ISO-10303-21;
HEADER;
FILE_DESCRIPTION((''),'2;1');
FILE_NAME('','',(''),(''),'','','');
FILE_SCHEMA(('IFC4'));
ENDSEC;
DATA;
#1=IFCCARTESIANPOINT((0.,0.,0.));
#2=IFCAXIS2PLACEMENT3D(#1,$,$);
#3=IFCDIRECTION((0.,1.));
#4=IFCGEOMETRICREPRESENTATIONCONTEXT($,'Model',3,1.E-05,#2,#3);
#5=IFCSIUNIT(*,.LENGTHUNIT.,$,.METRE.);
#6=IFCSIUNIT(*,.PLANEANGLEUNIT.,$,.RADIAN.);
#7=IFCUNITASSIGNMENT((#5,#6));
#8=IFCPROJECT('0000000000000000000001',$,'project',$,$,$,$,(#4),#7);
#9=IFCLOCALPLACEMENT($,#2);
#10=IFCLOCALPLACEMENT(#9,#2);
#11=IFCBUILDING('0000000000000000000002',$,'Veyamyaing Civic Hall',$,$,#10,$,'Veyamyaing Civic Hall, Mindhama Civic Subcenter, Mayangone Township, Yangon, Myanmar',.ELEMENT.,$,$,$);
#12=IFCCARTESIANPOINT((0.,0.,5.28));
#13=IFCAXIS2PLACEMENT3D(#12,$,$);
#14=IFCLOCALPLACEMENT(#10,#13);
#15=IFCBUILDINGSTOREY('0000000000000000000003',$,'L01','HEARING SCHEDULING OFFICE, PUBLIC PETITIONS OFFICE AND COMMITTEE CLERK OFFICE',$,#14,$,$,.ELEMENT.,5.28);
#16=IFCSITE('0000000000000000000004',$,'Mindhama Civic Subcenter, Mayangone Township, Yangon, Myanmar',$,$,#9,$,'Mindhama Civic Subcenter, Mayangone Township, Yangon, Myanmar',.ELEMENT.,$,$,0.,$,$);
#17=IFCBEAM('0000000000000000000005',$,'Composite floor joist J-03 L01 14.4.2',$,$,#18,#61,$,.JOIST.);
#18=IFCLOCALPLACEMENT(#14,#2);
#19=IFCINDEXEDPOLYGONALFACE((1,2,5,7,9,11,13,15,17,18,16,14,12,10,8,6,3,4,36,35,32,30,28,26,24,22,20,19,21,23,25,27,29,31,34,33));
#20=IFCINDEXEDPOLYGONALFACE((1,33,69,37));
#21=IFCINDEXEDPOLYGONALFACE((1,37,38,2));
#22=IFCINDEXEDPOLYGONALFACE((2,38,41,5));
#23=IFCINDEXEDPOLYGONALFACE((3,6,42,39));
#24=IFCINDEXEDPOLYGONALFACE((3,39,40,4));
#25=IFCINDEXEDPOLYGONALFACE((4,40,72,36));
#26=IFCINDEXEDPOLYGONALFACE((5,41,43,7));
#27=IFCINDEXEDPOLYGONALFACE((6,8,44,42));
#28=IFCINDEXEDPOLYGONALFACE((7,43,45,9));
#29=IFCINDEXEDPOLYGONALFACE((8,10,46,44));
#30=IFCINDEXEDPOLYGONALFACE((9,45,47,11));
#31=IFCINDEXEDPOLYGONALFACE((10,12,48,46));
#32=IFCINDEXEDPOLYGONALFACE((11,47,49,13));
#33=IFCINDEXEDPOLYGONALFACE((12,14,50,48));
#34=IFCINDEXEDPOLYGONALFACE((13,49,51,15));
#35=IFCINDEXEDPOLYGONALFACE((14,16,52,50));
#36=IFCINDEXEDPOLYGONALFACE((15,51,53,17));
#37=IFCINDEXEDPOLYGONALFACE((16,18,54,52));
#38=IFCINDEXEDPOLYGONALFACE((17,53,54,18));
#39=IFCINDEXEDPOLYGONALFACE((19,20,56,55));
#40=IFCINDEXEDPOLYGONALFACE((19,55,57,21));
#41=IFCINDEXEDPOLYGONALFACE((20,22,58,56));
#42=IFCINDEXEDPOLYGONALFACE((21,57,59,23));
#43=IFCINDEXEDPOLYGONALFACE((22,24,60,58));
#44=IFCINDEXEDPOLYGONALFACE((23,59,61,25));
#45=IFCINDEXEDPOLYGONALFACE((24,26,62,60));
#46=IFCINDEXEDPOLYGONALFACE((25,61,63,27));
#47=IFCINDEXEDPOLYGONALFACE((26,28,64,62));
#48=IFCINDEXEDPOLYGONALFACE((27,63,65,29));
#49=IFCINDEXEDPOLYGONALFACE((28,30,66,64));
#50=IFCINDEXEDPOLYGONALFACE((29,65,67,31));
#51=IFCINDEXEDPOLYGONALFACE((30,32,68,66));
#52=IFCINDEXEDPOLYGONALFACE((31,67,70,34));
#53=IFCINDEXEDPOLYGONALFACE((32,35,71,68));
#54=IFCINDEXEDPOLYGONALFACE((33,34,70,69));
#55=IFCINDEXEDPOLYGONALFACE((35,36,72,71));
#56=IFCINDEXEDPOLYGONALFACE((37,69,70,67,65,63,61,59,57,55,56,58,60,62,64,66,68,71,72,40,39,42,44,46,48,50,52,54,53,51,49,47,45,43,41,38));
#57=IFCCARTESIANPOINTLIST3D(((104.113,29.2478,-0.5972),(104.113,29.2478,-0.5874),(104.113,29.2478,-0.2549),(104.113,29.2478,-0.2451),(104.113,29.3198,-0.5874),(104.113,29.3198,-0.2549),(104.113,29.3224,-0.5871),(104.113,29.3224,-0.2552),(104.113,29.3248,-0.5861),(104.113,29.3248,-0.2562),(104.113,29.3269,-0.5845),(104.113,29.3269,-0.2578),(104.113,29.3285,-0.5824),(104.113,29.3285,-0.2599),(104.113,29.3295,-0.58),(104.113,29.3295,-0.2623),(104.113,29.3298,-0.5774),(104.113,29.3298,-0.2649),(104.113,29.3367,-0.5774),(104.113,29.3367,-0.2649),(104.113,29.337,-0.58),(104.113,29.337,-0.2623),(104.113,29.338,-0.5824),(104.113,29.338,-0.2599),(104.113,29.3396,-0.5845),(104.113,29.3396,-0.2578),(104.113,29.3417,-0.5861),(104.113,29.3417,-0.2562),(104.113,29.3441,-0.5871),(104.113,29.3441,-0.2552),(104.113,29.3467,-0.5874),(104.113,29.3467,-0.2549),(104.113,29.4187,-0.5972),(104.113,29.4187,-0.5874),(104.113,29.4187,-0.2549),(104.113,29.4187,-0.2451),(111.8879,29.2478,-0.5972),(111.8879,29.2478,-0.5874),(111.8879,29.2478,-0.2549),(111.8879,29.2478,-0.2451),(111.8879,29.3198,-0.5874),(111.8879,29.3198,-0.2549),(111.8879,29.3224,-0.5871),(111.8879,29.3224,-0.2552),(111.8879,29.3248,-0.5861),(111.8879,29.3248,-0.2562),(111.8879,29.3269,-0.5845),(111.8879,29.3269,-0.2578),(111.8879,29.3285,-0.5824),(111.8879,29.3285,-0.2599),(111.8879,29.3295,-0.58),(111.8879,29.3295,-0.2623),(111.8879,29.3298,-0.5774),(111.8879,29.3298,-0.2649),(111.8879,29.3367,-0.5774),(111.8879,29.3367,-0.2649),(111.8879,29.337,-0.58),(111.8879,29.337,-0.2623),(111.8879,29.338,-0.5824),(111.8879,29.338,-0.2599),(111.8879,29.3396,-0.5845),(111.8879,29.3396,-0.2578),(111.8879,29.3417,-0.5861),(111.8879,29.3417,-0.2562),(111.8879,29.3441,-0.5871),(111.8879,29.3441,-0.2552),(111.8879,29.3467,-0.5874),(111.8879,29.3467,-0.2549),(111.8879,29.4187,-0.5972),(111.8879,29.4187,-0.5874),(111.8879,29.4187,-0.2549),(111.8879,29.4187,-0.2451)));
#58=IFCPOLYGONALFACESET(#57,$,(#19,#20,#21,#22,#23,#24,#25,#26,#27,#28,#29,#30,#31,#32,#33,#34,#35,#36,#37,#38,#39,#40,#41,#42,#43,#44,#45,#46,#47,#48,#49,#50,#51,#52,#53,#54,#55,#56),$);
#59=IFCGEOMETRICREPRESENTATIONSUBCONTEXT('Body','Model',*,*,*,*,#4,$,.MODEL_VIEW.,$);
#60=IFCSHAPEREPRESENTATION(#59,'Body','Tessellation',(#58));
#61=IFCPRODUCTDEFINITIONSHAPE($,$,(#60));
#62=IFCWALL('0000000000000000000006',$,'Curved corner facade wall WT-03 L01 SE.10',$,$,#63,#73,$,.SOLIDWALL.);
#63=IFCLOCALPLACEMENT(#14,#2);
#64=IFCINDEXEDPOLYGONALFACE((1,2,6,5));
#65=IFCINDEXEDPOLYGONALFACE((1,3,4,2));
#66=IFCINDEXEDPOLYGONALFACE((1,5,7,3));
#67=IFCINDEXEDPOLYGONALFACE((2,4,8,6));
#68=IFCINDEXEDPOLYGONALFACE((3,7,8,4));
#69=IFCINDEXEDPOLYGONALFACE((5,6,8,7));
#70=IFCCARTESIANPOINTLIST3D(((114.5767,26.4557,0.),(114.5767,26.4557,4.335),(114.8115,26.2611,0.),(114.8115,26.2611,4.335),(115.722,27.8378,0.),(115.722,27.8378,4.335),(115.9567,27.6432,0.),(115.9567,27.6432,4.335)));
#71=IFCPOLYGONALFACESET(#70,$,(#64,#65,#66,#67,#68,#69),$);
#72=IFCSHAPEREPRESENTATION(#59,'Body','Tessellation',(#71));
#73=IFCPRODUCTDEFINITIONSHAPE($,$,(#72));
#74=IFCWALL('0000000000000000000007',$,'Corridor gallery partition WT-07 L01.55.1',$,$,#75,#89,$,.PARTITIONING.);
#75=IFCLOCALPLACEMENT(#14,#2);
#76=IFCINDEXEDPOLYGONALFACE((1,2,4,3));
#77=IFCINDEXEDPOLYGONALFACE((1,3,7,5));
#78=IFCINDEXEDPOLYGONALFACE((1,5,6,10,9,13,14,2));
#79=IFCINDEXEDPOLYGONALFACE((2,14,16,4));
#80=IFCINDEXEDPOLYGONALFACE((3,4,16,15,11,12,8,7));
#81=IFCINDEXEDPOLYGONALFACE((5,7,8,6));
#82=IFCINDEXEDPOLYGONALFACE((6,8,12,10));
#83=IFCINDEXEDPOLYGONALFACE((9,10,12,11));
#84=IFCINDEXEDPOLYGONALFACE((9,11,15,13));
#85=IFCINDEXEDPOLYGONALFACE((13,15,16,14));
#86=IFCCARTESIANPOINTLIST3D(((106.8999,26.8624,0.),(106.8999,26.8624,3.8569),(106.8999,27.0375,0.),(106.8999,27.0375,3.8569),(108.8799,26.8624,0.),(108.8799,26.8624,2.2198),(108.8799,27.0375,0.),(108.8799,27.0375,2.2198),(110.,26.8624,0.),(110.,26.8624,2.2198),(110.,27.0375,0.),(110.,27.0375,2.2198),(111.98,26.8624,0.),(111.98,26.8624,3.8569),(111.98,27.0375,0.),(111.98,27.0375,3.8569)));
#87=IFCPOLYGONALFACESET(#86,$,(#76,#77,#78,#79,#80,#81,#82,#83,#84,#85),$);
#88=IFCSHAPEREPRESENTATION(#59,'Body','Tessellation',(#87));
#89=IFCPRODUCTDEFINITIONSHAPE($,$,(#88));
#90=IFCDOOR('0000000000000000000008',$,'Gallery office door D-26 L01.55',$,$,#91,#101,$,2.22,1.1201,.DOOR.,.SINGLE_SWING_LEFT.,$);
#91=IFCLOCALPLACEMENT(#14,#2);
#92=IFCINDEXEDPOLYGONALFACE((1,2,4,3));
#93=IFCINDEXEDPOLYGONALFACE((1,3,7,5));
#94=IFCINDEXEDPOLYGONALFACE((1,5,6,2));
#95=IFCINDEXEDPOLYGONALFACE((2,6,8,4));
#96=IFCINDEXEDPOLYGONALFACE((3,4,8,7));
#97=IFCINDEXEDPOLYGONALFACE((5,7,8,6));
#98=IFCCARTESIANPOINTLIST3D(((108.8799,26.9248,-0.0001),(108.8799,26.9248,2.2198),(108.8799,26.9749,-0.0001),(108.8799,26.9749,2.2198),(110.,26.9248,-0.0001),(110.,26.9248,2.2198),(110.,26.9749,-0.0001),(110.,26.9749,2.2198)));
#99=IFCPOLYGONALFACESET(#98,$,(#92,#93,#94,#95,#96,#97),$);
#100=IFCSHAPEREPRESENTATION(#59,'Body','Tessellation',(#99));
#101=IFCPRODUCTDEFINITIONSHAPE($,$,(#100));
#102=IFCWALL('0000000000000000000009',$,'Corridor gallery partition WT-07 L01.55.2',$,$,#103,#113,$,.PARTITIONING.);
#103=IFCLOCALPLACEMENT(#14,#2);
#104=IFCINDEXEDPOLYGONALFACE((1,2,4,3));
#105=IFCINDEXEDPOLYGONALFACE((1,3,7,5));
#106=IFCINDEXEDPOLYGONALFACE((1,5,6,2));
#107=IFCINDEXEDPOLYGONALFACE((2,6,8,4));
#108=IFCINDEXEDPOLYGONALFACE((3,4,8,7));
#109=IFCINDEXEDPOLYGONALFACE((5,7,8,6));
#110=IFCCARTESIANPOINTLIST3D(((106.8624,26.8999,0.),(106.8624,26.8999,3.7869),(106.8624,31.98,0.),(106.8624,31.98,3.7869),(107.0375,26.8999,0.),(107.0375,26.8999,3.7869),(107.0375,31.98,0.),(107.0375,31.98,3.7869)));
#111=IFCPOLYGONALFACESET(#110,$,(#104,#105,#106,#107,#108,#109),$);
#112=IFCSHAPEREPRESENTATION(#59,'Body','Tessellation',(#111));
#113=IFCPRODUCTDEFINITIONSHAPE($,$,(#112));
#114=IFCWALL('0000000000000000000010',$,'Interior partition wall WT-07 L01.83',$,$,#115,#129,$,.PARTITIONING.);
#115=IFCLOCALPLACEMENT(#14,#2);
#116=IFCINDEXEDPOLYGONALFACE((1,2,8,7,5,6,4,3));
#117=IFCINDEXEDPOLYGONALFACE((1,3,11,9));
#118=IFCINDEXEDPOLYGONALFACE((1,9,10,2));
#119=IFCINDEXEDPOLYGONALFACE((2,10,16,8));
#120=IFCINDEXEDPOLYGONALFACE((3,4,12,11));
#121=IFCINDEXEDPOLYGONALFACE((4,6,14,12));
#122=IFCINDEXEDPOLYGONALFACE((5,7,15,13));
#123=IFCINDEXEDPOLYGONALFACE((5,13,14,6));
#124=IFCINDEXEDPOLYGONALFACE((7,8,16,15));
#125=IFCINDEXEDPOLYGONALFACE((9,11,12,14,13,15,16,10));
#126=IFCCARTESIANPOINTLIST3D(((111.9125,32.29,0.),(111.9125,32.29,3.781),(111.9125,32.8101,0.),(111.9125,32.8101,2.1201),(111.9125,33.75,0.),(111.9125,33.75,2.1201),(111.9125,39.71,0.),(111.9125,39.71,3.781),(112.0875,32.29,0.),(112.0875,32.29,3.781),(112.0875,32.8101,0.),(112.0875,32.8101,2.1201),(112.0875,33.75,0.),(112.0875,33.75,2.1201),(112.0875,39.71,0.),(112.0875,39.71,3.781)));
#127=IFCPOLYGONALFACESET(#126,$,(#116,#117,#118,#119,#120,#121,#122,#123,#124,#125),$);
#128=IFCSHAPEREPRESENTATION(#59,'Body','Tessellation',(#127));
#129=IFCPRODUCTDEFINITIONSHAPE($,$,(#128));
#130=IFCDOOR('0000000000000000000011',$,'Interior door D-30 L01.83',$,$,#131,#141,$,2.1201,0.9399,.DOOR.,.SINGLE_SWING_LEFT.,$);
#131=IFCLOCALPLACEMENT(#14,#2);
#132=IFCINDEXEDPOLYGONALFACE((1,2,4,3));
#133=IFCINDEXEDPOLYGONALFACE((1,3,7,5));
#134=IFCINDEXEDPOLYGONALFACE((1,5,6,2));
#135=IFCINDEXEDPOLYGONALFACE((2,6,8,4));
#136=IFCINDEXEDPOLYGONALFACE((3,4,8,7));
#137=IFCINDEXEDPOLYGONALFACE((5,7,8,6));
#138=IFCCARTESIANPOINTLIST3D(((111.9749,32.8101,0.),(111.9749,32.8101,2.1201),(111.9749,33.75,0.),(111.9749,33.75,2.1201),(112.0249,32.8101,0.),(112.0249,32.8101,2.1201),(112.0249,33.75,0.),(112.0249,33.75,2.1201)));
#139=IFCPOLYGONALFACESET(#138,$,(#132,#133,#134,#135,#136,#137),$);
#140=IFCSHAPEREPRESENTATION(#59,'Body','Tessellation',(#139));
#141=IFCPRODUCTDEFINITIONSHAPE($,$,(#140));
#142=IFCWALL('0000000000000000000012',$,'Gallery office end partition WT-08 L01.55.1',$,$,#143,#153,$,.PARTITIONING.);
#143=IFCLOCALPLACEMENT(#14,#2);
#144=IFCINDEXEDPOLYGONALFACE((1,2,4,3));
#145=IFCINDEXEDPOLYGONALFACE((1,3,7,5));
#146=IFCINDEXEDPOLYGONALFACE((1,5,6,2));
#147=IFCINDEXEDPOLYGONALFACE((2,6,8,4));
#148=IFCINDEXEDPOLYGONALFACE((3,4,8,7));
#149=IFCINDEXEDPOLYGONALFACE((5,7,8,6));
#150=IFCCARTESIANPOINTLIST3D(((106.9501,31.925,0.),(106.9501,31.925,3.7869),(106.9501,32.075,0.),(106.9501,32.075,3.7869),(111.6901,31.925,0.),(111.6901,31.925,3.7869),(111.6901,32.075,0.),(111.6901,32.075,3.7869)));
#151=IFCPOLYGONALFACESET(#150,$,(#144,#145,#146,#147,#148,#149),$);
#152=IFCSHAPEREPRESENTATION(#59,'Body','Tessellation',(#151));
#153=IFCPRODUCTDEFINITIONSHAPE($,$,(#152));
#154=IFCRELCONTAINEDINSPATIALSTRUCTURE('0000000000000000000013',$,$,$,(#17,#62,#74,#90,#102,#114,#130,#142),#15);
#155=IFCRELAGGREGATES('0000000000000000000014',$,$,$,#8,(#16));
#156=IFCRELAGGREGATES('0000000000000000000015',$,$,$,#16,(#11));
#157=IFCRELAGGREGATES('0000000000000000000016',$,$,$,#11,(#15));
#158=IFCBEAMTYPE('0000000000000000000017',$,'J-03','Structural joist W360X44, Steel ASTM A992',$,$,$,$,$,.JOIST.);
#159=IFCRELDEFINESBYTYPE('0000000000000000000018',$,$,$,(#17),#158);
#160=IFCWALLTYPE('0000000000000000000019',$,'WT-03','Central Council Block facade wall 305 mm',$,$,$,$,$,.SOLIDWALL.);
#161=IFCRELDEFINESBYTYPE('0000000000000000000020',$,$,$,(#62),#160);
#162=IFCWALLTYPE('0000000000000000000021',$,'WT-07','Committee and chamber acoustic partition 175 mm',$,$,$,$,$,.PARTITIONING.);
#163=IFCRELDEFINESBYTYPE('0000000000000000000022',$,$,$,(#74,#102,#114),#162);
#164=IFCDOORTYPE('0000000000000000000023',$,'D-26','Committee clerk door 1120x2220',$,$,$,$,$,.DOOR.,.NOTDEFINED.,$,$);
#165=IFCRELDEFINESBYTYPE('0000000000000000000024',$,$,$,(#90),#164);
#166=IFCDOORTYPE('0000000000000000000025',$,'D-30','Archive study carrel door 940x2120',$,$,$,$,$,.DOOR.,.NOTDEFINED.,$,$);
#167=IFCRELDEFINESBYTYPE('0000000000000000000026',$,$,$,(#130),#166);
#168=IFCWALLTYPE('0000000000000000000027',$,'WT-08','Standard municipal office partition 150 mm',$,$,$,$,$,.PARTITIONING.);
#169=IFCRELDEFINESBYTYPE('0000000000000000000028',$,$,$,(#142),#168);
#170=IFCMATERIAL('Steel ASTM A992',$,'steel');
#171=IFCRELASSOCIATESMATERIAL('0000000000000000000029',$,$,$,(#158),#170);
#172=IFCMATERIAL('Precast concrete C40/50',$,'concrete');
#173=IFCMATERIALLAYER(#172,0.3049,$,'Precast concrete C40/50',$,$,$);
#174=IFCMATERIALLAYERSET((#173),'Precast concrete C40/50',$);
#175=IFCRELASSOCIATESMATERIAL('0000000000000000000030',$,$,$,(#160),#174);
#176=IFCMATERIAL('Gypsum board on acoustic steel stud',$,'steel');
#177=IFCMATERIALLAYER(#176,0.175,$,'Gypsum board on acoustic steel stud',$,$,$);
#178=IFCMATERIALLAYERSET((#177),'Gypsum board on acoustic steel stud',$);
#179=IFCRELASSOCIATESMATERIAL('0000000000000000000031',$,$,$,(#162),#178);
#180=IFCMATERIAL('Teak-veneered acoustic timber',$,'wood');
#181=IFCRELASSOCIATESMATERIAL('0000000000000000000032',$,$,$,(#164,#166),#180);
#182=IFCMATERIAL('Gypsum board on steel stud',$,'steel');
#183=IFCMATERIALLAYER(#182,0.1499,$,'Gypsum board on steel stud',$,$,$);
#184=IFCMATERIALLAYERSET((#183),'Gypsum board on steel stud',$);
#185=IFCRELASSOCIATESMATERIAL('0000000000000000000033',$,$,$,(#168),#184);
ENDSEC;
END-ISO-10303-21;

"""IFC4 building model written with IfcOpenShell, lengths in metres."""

from ifc_helpers import new_model, si_unit, direction, frame, frame_2d, origin, origin_2d, place, context, subcontext, project, spatial, rectangle, i_section, extrude, material, layer, layer_set, material_profile, profile_set, type_object, element, fill, save


model = new_model("IFC4")

# Units and contexts
model_context = context("Model", 3, precision=1e-05, world=origin(), true_north=direction((0.0, 1.0)))
body_context = subcontext(model_context, "Body", "Model", "MODEL_VIEW")
ifc_project = project(units=[si_unit("LENGTHUNIT", "METRE"), si_unit("PLANEANGLEUNIT", "RADIAN")], contexts=[model_context])

# Site, building, storey
site_placement = place(None, origin())
site = spatial("IfcSite", under=ifc_project, at=site_placement, Name="Mindhama Civic Subcenter, Mayangone Township, Yangon, Myanmar", LongName="Mindhama Civic Subcenter, Mayangone Township, Yangon, Myanmar", CompositionType="ELEMENT", RefElevation=0.0)
building_placement = place(site_placement, origin())
building = spatial("IfcBuilding", under=site, at=building_placement, Name="Veyamyaing Civic Hall", LongName="Veyamyaing Civic Hall, Mindhama Civic Subcenter, Mayangone Township, Yangon, Myanmar", CompositionType="ELEMENT")
storey_placement = place(building_placement, frame((0.0, 0.0, 5.28)))
storey = spatial("IfcBuildingStorey", under=building, at=storey_placement, Name="L01", Description="HEARING SCHEDULING OFFICE, PUBLIC PETITIONS OFFICE AND COMMITTEE CLERK OFFICE", CompositionType="ELEMENT", Elevation=5.28)

# Beam
ifc_material_1 = material(Name="Steel ASTM A992", Category="steel")
ifc_material_profile_1 = material_profile(ifc_material_1, i_section(OverallWidth=0.1709, OverallDepth=0.3521, WebThickness=0.0068, FlangeThickness=0.0098, FilletRadius=0.01, at=origin_2d()), Name="W360X44")
ifc_profile_set_1 = profile_set([ifc_material_profile_1], Name="Steel ASTM A992")
beam_type_1 = type_object("IfcBeamType", Name="J-03", Description="Structural joist W360X44, Steel ASTM A992", PredefinedType="JOIST", material=ifc_profile_set_1)
beam_1_placement = place(storey_placement, frame((104.113, 29.3333, -0.4211), z_axis=(1.0, 0.0, 0.0), x_axis=(0.0, 1.0, 0.0)))
element("IfcBeam", 1, at=beam_1_placement, inside=storey, type_object=beam_type_1, Name="Composite floor joist J-03 L01 14.4.2", PredefinedType="JOIST", context=body_context, shape_type="SweptSolid", body=[
    extrude(i_section(OverallWidth=0.1709, OverallDepth=0.3521, WebThickness=0.0068, FlangeThickness=0.0098, FilletRadius=0.01, at=origin_2d()), origin(), (0.0, 0.0, 1.0), 7.7749),
])

# Wall
ifc_material_2 = material(Name="Precast concrete C40/50", Category="concrete")
ifc_layer_1 = layer(ifc_material_2, 0.3049, Name="Precast concrete C40/50")
ifc_layer_set_1 = layer_set([ifc_layer_1], Name="Precast concrete C40/50")
wall_type_1 = type_object("IfcWallType", Name="WT-03", Description="Central Council Block facade wall 305 mm", PredefinedType="SOLIDWALL", material=ifc_layer_set_1)
wall_1_placement = place(storey_placement, frame((114.6941, 26.3584, 0.0), z_axis=(0.0, 0.0, 1.0), x_axis=(0.638055, 0.769991, 0.0)))
element("IfcWall", 2, at=wall_1_placement, inside=storey, type_object=wall_type_1, Name="Curved corner facade wall WT-03 L01 SE.10", PredefinedType="SOLIDWALL", context=body_context, shape_type="SweptSolid", body=[
    extrude(rectangle(XDim=1.7949, YDim=0.3049, at=frame_2d((0.8975, 0.0))), origin(), (0.0, 0.0, 1.0), 4.335),
])

# Wall, opening, door
ifc_material_3 = material(Name="Gypsum board on acoustic steel stud", Category="steel")
ifc_layer_2 = layer(ifc_material_3, 0.175, Name="Gypsum board on acoustic steel stud")
ifc_layer_set_2 = layer_set([ifc_layer_2], Name="Gypsum board on acoustic steel stud")
wall_type_2 = type_object("IfcWallType", Name="WT-07", Description="Committee and chamber acoustic partition 175 mm", PredefinedType="PARTITIONING", material=ifc_layer_set_2)
wall_2_placement = place(storey_placement, frame((106.8999, 26.95, 0.0), z_axis=(0.0, 0.0, 1.0), x_axis=(1.0, 0.0, 0.0)))
wall_2 = element("IfcWall", 3, at=wall_2_placement, inside=storey, type_object=wall_type_2, Name="Corridor gallery partition WT-07 L01.55.1", PredefinedType="PARTITIONING", context=body_context, shape_type="SweptSolid", body=[
    extrude(rectangle(XDim=5.0801, YDim=0.175, at=frame_2d((2.54, 0.0))), origin(), (0.0, 0.0, 1.0), 3.8569),
])
opening_1_placement = place(wall_2_placement, frame((1.98, 0.0, 0.0)))
opening_1 = element("IfcOpeningElement", 4, at=opening_1_placement, cuts=wall_2, PredefinedType="OPENING", context=body_context, shape_type="SweptSolid", body=[
    extrude(rectangle(XDim=1.1201, YDim=2.22, at=frame_2d((0.5601, 1.1099))), frame((0.0, 0.0974, 0.0), z_axis=(0.0, -1.0, 0.0), x_axis=(1.0, 0.0, 0.0)), (0.0, 0.0, 1.0), 0.1951),
])
ifc_material_4 = material(Name="Teak-veneered acoustic timber", Category="wood")
door_type_1 = type_object("IfcDoorType", Name="D-26", Description="Committee clerk door 1120x2220", OperationType="NOTDEFINED", PredefinedType="DOOR", material=ifc_material_4)
door_1_placement = place(opening_1_placement, origin())
door_1 = element("IfcDoor", 5, at=door_1_placement, inside=storey, type_object=door_type_1, Name="Gallery office door D-26 L01.55", OperationType="SINGLE_SWING_LEFT", OverallHeight=2.22, OverallWidth=1.1201, PredefinedType="DOOR", context=body_context, shape_type="SweptSolid", body=[
    extrude(rectangle(XDim=1.1201, YDim=2.22, at=frame_2d((0.5601, 1.1099))), frame((0.0, 0.0249, 0.0), z_axis=(0.0, -1.0, 0.0), x_axis=(1.0, 0.0, 0.0)), (0.0, 0.0, 1.0), 0.05),
])
fill(opening_1, door_1)

# Wall
wall_3_placement = place(storey_placement, frame((106.95, 26.8999, 0.0), z_axis=(0.0, 0.0, 1.0), x_axis=(0.0, 1.0, 0.0)))
element("IfcWall", 6, at=wall_3_placement, inside=storey, type_object=wall_type_2, Name="Corridor gallery partition WT-07 L01.55.2", PredefinedType="PARTITIONING", context=body_context, shape_type="SweptSolid", body=[
    extrude(rectangle(XDim=5.0801, YDim=0.175, at=frame_2d((2.54, 0.0))), origin(), (0.0, 0.0, 1.0), 3.7869),
])

# Wall, opening, door
wall_4_placement = place(storey_placement, frame((112.0, 32.29, 0.0), z_axis=(0.0, 0.0, 1.0), x_axis=(0.0, 1.0, 0.0)))
wall_4 = element("IfcWall", 7, at=wall_4_placement, inside=storey, type_object=wall_type_2, Name="Interior partition wall WT-07 L01.83", PredefinedType="PARTITIONING", context=body_context, shape_type="SweptSolid", body=[
    extrude(rectangle(XDim=7.4199, YDim=0.175, at=frame_2d((3.71, 0.0))), origin(), (0.0, 0.0, 1.0), 3.781),
])
opening_2_placement = place(wall_4_placement, frame((0.52, 0.0, 0.0)))
opening_2 = element("IfcOpeningElement", 8, at=opening_2_placement, cuts=wall_4, PredefinedType="OPENING", context=body_context, shape_type="SweptSolid", body=[
    extrude(rectangle(XDim=0.9399, YDim=2.1201, at=frame_2d((0.47, 1.0601))), frame((0.0, 0.0974, 0.0), z_axis=(0.0, -1.0, 0.0), x_axis=(1.0, 0.0, 0.0)), (0.0, 0.0, 1.0), 0.1951),
])
door_type_2 = type_object("IfcDoorType", Name="D-30", Description="Archive study carrel door 940x2120", OperationType="NOTDEFINED", PredefinedType="DOOR", material=ifc_material_4)
door_2_placement = place(opening_2_placement, frame((0.9399, 0.0, 0.0), z_axis=(0.0, 0.0, 1.0), x_axis=(-1.0, 0.0, 0.0)))
door_2 = element("IfcDoor", 9, at=door_2_placement, inside=storey, type_object=door_type_2, Name="Interior door D-30 L01.83", OperationType="SINGLE_SWING_LEFT", OverallHeight=2.1201, OverallWidth=0.9399, PredefinedType="DOOR", context=body_context, shape_type="SweptSolid", body=[
    extrude(rectangle(XDim=0.9399, YDim=2.1201, at=frame_2d((0.47, 1.0601))), frame((0.0, 0.0249, 0.0), z_axis=(0.0, -1.0, 0.0), x_axis=(1.0, 0.0, 0.0)), (0.0, 0.0, 1.0), 0.05),
])
fill(opening_2, door_2)

# Wall
ifc_material_5 = material(Name="Gypsum board on steel stud", Category="steel")
ifc_layer_3 = layer(ifc_material_5, 0.1499, Name="Gypsum board on steel stud")
ifc_layer_set_3 = layer_set([ifc_layer_3], Name="Gypsum board on steel stud")
wall_type_3 = type_object("IfcWallType", Name="WT-08", Description="Standard municipal office partition 150 mm", PredefinedType="PARTITIONING", material=ifc_layer_set_3)
wall_5_placement = place(storey_placement, frame((106.95, 32.0, 0.0), z_axis=(0.0, 0.0, 1.0), x_axis=(1.0, 0.0, 0.0)))
element("IfcWall", 10, at=wall_5_placement, inside=storey, type_object=wall_type_3, Name="Gallery office end partition WT-08 L01.55.1", PredefinedType="PARTITIONING", context=body_context, shape_type="SweptSolid", body=[
    extrude(rectangle(XDim=4.74, YDim=0.1499, at=frame_2d((2.3701, 0.0))), origin(), (0.0, 0.0, 1.0), 3.7869),
])

save(model, "model.ifc")
